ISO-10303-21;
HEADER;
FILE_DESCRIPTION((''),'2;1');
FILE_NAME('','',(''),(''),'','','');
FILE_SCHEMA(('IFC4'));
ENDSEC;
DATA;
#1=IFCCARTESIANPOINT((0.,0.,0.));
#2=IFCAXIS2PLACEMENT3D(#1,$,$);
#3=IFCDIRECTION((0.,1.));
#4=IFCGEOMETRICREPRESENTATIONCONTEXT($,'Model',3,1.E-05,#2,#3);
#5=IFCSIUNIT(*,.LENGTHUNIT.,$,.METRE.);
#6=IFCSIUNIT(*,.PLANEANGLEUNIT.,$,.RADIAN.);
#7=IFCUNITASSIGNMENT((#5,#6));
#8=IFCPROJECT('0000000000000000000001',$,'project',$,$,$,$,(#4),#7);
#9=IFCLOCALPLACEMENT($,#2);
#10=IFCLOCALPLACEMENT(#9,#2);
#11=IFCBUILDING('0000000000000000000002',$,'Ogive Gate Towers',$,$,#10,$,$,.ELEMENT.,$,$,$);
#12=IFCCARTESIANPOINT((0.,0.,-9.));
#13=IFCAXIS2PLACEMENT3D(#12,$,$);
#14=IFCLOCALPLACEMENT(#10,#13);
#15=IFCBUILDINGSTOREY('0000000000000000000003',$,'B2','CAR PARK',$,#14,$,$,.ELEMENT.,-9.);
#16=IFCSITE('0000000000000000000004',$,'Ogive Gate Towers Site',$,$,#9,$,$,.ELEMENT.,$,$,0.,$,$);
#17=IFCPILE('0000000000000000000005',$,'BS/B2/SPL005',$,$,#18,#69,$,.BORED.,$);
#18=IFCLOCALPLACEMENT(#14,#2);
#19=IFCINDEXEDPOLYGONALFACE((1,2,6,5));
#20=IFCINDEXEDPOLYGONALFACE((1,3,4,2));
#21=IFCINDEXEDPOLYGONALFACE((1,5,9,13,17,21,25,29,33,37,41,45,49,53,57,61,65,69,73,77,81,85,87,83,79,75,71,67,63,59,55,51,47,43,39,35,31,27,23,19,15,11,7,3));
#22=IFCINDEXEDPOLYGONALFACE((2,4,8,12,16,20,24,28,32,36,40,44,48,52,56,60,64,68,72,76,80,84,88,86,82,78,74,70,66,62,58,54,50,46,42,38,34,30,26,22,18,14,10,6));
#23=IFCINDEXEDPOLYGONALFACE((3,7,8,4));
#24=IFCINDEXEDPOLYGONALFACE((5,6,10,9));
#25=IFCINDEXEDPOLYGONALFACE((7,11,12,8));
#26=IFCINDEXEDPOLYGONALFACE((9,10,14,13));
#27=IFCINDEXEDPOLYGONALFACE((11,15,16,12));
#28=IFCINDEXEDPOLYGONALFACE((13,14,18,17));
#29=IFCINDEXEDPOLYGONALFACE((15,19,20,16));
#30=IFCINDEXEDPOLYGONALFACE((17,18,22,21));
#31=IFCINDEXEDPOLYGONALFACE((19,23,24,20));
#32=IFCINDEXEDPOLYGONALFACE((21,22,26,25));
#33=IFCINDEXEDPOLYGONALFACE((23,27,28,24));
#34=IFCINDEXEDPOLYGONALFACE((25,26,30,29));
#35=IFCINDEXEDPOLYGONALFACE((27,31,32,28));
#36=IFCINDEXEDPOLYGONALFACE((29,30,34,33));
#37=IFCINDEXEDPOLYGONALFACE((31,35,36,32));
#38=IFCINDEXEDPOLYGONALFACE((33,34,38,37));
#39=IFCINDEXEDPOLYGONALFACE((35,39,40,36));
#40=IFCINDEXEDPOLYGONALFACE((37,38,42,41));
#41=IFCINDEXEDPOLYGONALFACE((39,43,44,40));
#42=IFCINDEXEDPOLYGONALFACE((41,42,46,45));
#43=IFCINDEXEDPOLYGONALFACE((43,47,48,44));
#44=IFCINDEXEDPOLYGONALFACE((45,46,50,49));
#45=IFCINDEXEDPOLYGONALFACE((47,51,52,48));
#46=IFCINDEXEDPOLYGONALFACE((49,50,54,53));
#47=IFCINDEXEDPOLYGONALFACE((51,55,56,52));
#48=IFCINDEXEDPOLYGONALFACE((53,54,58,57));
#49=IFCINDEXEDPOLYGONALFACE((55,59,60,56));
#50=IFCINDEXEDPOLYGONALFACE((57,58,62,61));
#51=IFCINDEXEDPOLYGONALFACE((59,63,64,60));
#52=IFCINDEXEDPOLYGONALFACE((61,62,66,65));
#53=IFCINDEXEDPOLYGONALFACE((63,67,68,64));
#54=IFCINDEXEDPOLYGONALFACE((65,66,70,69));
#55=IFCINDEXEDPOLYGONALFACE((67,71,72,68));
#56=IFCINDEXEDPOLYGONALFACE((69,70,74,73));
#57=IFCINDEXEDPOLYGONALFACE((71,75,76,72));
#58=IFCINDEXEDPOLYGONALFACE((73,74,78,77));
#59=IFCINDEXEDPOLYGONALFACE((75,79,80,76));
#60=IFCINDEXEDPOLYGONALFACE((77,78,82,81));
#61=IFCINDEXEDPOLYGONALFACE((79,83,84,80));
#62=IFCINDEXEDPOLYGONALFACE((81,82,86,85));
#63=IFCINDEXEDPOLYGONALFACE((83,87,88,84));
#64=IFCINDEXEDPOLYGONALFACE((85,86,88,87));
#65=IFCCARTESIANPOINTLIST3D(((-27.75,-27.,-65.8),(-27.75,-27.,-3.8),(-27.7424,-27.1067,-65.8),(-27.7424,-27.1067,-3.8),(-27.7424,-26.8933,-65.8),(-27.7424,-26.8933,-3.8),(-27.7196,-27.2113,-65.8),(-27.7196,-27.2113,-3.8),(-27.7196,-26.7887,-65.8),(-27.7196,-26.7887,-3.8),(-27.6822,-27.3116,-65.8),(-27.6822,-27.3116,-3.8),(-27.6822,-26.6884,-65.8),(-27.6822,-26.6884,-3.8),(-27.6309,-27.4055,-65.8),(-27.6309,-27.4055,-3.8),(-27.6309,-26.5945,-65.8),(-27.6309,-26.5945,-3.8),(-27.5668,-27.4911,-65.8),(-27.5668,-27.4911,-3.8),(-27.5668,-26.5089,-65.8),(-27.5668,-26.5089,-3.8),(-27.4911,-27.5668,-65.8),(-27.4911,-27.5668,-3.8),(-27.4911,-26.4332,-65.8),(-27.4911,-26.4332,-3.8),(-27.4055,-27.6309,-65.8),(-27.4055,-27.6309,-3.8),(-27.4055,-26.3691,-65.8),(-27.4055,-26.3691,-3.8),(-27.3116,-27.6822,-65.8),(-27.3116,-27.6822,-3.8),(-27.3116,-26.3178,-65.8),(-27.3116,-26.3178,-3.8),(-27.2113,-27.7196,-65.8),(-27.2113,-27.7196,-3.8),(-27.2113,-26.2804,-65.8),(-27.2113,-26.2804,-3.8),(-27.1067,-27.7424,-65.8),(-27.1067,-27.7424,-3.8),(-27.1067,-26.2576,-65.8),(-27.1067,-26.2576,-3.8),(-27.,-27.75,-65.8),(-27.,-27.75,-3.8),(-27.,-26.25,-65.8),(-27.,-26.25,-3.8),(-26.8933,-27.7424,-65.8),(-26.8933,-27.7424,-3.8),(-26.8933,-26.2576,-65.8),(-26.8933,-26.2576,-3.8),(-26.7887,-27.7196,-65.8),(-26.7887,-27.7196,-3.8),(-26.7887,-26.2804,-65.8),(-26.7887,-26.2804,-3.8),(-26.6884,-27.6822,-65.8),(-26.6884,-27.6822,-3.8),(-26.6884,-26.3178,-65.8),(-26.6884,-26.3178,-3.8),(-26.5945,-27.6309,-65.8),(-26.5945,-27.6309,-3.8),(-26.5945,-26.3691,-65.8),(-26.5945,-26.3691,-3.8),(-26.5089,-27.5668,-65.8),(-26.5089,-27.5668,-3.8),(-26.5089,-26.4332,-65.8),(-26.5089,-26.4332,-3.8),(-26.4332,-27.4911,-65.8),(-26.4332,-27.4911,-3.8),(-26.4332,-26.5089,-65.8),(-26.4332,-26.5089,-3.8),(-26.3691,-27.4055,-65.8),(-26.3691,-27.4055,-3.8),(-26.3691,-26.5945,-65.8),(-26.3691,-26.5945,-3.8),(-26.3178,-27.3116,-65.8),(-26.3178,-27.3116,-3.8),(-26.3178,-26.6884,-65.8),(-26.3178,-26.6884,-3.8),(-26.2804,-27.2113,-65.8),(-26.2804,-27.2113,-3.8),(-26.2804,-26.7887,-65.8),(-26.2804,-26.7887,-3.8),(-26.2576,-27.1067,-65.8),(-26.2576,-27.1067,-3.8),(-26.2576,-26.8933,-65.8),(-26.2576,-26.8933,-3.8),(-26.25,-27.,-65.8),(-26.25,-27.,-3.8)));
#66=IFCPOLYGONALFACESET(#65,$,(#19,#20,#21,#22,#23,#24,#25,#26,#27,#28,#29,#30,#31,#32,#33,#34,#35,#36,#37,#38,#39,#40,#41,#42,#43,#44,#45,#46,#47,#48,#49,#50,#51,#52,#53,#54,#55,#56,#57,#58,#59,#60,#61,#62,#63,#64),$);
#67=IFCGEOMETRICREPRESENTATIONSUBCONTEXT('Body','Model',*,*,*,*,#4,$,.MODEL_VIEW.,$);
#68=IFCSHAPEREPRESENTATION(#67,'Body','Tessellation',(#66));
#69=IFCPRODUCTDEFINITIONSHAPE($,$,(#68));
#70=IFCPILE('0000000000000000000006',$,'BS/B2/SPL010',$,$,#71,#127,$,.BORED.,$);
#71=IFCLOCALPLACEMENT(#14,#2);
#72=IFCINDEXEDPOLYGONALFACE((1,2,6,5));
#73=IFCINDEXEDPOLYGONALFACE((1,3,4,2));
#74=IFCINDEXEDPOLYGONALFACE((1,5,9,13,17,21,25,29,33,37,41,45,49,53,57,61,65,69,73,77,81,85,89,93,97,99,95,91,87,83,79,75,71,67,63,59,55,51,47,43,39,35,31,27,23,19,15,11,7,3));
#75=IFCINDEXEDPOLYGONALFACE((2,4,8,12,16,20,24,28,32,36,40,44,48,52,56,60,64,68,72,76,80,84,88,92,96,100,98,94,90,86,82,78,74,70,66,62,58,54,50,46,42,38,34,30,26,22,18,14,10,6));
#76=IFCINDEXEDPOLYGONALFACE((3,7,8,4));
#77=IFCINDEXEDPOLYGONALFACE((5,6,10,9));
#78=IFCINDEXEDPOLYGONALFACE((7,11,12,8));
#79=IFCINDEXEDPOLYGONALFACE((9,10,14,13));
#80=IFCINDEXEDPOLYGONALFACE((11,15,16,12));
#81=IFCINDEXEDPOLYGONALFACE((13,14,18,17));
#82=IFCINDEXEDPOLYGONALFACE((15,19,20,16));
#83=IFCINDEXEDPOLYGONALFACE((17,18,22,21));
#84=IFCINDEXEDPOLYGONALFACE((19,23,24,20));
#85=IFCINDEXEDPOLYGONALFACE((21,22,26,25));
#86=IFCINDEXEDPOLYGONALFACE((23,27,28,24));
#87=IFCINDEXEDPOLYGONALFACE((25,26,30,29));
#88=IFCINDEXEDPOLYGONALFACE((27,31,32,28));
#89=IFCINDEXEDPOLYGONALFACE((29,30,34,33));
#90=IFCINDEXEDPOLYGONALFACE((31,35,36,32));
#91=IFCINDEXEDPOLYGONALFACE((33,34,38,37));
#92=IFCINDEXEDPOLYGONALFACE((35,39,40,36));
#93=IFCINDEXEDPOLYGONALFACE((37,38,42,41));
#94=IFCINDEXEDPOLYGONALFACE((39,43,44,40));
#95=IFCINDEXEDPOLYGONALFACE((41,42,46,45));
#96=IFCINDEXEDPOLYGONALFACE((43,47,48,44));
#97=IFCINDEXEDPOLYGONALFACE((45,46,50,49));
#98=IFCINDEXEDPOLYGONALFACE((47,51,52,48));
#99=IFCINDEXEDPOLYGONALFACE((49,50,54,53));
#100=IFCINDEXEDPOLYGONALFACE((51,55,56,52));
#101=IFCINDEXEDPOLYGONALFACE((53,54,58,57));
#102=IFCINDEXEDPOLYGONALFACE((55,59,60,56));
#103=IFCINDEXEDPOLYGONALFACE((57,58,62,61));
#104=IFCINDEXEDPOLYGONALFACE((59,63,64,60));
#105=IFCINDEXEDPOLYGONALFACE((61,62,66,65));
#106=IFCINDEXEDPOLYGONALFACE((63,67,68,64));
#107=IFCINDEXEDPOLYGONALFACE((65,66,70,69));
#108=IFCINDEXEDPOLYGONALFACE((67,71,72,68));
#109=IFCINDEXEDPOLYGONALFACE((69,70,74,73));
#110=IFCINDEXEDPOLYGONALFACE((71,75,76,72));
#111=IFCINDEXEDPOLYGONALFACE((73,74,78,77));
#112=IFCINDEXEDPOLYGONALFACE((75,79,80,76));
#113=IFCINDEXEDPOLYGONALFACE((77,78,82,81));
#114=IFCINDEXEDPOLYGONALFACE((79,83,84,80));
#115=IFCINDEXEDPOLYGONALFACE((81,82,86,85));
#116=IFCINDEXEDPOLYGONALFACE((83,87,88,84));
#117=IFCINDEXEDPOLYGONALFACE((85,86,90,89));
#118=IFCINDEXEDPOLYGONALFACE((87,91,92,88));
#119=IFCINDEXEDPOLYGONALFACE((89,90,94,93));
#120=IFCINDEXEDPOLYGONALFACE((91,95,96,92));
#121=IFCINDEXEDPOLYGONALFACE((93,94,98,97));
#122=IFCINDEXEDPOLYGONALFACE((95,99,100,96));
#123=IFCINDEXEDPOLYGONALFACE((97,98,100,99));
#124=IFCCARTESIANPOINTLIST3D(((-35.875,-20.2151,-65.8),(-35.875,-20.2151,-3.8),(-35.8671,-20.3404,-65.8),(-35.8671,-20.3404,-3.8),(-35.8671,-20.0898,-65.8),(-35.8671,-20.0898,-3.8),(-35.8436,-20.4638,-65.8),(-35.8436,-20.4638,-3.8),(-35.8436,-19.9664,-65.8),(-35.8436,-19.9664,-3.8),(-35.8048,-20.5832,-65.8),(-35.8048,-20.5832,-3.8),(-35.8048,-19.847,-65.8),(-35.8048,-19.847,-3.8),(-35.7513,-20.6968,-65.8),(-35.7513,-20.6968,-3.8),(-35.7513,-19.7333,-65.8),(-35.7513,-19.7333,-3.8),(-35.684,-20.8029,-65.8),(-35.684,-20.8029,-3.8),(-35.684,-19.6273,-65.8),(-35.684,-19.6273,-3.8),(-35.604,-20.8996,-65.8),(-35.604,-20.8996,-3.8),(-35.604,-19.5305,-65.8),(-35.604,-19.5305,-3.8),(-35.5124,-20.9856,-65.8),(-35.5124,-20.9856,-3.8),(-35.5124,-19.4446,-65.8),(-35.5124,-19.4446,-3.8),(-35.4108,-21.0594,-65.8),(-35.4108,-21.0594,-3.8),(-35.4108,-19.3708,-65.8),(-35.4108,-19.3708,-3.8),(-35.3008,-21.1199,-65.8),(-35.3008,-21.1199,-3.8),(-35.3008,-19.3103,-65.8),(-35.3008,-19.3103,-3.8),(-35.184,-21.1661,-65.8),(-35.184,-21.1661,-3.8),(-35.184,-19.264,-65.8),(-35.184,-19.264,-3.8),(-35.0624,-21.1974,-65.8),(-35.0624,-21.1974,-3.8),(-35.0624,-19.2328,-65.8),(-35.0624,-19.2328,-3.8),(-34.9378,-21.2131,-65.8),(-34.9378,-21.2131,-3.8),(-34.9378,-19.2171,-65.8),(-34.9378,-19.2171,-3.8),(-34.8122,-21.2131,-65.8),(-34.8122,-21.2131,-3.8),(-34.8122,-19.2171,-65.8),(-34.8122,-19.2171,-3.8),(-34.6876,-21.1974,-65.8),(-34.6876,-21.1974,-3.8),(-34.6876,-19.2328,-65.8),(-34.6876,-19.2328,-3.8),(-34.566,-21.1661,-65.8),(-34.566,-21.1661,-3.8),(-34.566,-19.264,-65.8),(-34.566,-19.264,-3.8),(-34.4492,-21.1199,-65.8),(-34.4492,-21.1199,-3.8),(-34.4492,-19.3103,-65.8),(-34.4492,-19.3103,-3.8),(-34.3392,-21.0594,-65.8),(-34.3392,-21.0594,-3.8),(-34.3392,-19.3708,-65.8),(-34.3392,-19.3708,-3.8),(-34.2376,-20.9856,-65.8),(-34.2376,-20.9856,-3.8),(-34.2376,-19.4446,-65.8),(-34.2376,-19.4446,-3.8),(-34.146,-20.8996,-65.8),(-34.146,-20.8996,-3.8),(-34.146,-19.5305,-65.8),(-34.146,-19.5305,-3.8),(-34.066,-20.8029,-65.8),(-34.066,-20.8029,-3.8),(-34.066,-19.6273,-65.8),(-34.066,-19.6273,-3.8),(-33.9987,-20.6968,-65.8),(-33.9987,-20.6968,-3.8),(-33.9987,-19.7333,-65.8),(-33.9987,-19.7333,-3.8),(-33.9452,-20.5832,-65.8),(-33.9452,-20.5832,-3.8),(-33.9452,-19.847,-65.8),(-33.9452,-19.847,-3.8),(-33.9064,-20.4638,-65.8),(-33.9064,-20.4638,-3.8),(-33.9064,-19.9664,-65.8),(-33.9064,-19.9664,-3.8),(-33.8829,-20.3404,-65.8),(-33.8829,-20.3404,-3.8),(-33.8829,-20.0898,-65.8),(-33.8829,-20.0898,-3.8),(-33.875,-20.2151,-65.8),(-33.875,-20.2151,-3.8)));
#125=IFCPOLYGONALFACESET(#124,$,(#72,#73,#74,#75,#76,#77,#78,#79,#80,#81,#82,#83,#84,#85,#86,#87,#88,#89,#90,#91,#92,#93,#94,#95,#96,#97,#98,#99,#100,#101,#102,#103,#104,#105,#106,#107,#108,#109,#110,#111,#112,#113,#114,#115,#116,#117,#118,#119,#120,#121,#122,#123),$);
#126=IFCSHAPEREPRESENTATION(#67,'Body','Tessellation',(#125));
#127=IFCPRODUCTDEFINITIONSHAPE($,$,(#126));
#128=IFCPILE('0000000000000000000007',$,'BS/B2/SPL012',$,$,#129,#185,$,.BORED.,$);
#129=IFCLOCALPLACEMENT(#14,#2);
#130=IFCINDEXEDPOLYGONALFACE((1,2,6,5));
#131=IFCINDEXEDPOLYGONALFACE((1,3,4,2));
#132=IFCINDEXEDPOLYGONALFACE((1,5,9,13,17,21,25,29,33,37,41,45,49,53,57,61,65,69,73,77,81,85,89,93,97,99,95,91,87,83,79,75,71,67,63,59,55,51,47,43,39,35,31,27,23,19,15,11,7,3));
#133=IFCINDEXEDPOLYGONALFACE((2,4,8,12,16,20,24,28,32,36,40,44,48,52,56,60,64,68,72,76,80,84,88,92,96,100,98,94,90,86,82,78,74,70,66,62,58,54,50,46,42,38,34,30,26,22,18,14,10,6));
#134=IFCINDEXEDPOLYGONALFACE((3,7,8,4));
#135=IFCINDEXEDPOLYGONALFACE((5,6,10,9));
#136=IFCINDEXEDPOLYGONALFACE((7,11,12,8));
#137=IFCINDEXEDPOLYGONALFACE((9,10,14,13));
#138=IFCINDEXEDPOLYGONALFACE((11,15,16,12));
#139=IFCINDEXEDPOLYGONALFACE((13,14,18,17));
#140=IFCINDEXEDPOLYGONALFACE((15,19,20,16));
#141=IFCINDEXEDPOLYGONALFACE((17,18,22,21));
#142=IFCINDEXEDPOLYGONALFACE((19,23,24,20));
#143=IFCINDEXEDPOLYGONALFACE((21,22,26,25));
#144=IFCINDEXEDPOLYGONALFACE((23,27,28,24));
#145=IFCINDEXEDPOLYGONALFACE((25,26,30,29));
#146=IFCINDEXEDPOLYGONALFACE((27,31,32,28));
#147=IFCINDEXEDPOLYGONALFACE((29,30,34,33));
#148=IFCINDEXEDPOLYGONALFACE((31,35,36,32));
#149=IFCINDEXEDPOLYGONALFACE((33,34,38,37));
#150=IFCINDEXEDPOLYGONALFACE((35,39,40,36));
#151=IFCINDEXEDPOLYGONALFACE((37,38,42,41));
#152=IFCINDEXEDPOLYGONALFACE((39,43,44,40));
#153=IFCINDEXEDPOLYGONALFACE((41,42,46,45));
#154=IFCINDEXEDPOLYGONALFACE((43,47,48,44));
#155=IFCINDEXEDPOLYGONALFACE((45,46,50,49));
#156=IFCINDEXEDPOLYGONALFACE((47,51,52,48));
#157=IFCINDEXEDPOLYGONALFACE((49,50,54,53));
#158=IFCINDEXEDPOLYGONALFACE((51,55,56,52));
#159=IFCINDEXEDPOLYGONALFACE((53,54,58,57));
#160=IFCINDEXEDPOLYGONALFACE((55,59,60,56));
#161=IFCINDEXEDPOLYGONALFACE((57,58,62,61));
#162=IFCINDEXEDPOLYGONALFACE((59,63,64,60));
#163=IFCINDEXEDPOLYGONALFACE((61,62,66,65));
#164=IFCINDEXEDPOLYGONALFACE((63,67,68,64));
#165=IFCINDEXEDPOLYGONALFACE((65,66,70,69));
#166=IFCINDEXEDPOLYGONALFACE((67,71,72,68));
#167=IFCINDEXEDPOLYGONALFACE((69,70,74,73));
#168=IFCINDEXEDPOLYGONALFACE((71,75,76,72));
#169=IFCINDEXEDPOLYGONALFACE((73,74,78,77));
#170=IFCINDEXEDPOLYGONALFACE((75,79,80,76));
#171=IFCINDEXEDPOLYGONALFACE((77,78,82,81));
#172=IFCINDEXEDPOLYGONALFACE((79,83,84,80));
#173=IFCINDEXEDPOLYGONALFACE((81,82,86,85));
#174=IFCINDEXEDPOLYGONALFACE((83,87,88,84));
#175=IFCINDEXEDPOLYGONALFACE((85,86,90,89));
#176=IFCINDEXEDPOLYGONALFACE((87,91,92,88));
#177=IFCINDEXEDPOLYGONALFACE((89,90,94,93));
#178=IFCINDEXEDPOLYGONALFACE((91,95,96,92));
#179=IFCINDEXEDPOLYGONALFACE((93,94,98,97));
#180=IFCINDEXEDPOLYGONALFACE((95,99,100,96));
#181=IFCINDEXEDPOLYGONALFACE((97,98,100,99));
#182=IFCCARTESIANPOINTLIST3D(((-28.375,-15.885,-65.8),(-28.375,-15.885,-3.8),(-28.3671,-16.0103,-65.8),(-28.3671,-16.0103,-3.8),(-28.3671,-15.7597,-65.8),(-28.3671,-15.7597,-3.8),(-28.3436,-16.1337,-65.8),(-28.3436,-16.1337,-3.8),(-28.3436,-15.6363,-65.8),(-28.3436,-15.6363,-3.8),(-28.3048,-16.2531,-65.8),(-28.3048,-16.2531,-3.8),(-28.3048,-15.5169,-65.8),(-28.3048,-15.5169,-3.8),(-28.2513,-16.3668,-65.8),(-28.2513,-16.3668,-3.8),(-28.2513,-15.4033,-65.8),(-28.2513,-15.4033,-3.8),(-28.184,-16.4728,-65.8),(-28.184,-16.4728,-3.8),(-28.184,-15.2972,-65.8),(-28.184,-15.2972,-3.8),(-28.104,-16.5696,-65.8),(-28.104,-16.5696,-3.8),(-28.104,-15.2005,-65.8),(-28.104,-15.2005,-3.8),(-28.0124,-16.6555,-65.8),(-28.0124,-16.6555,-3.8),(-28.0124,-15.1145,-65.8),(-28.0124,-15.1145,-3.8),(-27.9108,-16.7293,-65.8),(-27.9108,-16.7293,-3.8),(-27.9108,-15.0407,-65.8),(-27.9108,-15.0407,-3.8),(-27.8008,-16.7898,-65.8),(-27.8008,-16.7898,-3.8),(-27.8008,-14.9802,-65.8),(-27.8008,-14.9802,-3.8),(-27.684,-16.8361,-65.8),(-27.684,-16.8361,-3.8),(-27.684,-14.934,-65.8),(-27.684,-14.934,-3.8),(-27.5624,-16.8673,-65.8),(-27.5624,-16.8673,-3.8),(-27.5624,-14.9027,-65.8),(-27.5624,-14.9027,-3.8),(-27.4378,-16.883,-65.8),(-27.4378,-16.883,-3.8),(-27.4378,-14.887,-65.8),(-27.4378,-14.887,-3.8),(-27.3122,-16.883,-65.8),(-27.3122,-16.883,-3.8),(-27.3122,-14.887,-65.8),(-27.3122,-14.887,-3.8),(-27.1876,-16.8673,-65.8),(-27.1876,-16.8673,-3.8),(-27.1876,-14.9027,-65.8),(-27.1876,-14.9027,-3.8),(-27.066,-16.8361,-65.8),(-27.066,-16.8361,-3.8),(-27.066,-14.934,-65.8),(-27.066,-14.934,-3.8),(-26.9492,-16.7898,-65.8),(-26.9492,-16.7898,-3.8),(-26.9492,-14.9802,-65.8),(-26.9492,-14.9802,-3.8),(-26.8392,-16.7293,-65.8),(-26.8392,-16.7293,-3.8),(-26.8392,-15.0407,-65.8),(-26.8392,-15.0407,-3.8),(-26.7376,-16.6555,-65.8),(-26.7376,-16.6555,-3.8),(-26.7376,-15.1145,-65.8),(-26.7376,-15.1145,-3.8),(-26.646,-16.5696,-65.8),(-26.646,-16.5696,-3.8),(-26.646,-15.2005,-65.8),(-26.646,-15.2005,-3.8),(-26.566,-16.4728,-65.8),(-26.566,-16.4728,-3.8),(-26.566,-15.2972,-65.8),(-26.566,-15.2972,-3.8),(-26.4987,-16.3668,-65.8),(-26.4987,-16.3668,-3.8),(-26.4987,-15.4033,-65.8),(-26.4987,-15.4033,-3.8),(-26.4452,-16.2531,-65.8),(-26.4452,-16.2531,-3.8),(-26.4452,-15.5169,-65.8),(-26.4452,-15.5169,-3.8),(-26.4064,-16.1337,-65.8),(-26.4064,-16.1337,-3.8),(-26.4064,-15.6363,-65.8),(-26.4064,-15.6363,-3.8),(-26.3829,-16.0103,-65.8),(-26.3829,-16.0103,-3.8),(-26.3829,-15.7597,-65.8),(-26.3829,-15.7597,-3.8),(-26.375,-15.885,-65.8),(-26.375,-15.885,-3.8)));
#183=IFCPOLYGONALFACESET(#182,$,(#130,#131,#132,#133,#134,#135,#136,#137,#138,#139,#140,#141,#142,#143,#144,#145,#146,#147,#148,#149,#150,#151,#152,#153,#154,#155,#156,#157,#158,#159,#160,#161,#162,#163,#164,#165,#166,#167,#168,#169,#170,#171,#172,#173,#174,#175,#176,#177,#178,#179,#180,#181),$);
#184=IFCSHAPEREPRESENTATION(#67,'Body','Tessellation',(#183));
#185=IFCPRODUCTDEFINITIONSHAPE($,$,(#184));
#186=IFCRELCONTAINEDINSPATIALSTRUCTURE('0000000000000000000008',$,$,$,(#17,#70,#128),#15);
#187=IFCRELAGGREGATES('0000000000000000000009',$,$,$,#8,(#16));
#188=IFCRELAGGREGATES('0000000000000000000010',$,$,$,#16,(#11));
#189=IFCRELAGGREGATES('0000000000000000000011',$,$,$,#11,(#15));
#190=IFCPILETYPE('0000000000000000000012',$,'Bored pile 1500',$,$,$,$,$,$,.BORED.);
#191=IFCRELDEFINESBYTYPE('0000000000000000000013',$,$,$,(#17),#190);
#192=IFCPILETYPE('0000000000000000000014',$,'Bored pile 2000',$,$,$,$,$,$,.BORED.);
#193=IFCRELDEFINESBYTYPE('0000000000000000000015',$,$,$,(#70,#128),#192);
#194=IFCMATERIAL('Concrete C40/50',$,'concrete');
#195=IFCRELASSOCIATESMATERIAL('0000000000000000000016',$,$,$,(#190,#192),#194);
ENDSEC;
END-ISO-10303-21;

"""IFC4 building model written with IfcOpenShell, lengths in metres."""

from ifc_helpers import new_model, si_unit, direction, frame, origin, origin_2d, place, context, subcontext, project, spatial, circle, extrude, material, material_profile, profile_set, type_object, element, save


model = new_model("IFC4")

# Units and contexts
model_context = context("Model", 3, precision=1e-05, world=origin(), true_north=direction((0.0, 1.0)))
body_context = subcontext(model_context, "Body", "Model", "MODEL_VIEW")
ifc_project = project(units=[si_unit("LENGTHUNIT", "METRE"), si_unit("PLANEANGLEUNIT", "RADIAN")], contexts=[model_context])

# Site, building, storey
site_placement = place(None, origin())
site = spatial("IfcSite", under=ifc_project, at=site_placement, Name="Ogive Gate Towers Site", CompositionType="ELEMENT", RefElevation=0.0)
building_placement = place(site_placement, origin())
building = spatial("IfcBuilding", under=site, at=building_placement, Name="Ogive Gate Towers", CompositionType="ELEMENT")
storey_placement = place(building_placement, frame((0.0, 0.0, -9.0)))
storey = spatial("IfcBuildingStorey", under=building, at=storey_placement, Name="B2", Description="CAR PARK", CompositionType="ELEMENT", Elevation=-9.0)

# Piles
ifc_material_1 = material(Name="Concrete C40/50", Category="concrete")
ifc_material_profile_1 = material_profile(ifc_material_1, circle(Radius=0.75, at=origin_2d()), Name="BP 1500")
ifc_profile_set_1 = profile_set([ifc_material_profile_1], Name="Concrete C40/50")
pile_type_1 = type_object("IfcPileType", Name="Bored pile 1500", PredefinedType="BORED", material=ifc_profile_set_1)
pile_placement = place(storey_placement, frame((-27.0, -27.0, -3.8), z_axis=(0.0, 0.0, -1.0), x_axis=(1.0, 0.0, 0.0)))
element("IfcPile", 1, at=pile_placement, inside=storey, type_object=pile_type_1, Name="BS/B2/SPL005", PredefinedType="BORED", context=body_context, shape_type="SweptSolid", body=[
    extrude(circle(Radius=0.75, at=origin_2d()), origin(), (0.0, 0.0, 1.0), 62.0),
])
ifc_material_profile_2 = material_profile(ifc_material_1, circle(Radius=1.0, at=origin_2d()), Name="BP 2000")
ifc_profile_set_2 = profile_set([ifc_material_profile_2], Name="Concrete C40/50")
pile_type_2 = type_object("IfcPileType", Name="Bored pile 2000", PredefinedType="BORED", material=ifc_profile_set_2)
for number, where, z_axis, x_axis, name in (
    (2, (-34.875, -20.2151, -3.8), (0.0, 0.0, -1.0), (1.0, 0.0, 0.0), "BS/B2/SPL010"),
    (3, (-27.375, -15.885, -3.8), (0.0, 0.0, -1.0), (1.0, 0.0, 0.0), "BS/B2/SPL012"),
):
    element("IfcPile", number, at=place(storey_placement, frame(where, z_axis=z_axis, x_axis=x_axis)), inside=storey, type_object=pile_type_2, Name=name, PredefinedType="BORED", context=body_context, shape_type="SweptSolid", body=[
        extrude(circle(Radius=1.0, at=origin_2d()), origin(), (0.0, 0.0, 1.0), 62.0),
    ])

save(model, "model.ifc")
